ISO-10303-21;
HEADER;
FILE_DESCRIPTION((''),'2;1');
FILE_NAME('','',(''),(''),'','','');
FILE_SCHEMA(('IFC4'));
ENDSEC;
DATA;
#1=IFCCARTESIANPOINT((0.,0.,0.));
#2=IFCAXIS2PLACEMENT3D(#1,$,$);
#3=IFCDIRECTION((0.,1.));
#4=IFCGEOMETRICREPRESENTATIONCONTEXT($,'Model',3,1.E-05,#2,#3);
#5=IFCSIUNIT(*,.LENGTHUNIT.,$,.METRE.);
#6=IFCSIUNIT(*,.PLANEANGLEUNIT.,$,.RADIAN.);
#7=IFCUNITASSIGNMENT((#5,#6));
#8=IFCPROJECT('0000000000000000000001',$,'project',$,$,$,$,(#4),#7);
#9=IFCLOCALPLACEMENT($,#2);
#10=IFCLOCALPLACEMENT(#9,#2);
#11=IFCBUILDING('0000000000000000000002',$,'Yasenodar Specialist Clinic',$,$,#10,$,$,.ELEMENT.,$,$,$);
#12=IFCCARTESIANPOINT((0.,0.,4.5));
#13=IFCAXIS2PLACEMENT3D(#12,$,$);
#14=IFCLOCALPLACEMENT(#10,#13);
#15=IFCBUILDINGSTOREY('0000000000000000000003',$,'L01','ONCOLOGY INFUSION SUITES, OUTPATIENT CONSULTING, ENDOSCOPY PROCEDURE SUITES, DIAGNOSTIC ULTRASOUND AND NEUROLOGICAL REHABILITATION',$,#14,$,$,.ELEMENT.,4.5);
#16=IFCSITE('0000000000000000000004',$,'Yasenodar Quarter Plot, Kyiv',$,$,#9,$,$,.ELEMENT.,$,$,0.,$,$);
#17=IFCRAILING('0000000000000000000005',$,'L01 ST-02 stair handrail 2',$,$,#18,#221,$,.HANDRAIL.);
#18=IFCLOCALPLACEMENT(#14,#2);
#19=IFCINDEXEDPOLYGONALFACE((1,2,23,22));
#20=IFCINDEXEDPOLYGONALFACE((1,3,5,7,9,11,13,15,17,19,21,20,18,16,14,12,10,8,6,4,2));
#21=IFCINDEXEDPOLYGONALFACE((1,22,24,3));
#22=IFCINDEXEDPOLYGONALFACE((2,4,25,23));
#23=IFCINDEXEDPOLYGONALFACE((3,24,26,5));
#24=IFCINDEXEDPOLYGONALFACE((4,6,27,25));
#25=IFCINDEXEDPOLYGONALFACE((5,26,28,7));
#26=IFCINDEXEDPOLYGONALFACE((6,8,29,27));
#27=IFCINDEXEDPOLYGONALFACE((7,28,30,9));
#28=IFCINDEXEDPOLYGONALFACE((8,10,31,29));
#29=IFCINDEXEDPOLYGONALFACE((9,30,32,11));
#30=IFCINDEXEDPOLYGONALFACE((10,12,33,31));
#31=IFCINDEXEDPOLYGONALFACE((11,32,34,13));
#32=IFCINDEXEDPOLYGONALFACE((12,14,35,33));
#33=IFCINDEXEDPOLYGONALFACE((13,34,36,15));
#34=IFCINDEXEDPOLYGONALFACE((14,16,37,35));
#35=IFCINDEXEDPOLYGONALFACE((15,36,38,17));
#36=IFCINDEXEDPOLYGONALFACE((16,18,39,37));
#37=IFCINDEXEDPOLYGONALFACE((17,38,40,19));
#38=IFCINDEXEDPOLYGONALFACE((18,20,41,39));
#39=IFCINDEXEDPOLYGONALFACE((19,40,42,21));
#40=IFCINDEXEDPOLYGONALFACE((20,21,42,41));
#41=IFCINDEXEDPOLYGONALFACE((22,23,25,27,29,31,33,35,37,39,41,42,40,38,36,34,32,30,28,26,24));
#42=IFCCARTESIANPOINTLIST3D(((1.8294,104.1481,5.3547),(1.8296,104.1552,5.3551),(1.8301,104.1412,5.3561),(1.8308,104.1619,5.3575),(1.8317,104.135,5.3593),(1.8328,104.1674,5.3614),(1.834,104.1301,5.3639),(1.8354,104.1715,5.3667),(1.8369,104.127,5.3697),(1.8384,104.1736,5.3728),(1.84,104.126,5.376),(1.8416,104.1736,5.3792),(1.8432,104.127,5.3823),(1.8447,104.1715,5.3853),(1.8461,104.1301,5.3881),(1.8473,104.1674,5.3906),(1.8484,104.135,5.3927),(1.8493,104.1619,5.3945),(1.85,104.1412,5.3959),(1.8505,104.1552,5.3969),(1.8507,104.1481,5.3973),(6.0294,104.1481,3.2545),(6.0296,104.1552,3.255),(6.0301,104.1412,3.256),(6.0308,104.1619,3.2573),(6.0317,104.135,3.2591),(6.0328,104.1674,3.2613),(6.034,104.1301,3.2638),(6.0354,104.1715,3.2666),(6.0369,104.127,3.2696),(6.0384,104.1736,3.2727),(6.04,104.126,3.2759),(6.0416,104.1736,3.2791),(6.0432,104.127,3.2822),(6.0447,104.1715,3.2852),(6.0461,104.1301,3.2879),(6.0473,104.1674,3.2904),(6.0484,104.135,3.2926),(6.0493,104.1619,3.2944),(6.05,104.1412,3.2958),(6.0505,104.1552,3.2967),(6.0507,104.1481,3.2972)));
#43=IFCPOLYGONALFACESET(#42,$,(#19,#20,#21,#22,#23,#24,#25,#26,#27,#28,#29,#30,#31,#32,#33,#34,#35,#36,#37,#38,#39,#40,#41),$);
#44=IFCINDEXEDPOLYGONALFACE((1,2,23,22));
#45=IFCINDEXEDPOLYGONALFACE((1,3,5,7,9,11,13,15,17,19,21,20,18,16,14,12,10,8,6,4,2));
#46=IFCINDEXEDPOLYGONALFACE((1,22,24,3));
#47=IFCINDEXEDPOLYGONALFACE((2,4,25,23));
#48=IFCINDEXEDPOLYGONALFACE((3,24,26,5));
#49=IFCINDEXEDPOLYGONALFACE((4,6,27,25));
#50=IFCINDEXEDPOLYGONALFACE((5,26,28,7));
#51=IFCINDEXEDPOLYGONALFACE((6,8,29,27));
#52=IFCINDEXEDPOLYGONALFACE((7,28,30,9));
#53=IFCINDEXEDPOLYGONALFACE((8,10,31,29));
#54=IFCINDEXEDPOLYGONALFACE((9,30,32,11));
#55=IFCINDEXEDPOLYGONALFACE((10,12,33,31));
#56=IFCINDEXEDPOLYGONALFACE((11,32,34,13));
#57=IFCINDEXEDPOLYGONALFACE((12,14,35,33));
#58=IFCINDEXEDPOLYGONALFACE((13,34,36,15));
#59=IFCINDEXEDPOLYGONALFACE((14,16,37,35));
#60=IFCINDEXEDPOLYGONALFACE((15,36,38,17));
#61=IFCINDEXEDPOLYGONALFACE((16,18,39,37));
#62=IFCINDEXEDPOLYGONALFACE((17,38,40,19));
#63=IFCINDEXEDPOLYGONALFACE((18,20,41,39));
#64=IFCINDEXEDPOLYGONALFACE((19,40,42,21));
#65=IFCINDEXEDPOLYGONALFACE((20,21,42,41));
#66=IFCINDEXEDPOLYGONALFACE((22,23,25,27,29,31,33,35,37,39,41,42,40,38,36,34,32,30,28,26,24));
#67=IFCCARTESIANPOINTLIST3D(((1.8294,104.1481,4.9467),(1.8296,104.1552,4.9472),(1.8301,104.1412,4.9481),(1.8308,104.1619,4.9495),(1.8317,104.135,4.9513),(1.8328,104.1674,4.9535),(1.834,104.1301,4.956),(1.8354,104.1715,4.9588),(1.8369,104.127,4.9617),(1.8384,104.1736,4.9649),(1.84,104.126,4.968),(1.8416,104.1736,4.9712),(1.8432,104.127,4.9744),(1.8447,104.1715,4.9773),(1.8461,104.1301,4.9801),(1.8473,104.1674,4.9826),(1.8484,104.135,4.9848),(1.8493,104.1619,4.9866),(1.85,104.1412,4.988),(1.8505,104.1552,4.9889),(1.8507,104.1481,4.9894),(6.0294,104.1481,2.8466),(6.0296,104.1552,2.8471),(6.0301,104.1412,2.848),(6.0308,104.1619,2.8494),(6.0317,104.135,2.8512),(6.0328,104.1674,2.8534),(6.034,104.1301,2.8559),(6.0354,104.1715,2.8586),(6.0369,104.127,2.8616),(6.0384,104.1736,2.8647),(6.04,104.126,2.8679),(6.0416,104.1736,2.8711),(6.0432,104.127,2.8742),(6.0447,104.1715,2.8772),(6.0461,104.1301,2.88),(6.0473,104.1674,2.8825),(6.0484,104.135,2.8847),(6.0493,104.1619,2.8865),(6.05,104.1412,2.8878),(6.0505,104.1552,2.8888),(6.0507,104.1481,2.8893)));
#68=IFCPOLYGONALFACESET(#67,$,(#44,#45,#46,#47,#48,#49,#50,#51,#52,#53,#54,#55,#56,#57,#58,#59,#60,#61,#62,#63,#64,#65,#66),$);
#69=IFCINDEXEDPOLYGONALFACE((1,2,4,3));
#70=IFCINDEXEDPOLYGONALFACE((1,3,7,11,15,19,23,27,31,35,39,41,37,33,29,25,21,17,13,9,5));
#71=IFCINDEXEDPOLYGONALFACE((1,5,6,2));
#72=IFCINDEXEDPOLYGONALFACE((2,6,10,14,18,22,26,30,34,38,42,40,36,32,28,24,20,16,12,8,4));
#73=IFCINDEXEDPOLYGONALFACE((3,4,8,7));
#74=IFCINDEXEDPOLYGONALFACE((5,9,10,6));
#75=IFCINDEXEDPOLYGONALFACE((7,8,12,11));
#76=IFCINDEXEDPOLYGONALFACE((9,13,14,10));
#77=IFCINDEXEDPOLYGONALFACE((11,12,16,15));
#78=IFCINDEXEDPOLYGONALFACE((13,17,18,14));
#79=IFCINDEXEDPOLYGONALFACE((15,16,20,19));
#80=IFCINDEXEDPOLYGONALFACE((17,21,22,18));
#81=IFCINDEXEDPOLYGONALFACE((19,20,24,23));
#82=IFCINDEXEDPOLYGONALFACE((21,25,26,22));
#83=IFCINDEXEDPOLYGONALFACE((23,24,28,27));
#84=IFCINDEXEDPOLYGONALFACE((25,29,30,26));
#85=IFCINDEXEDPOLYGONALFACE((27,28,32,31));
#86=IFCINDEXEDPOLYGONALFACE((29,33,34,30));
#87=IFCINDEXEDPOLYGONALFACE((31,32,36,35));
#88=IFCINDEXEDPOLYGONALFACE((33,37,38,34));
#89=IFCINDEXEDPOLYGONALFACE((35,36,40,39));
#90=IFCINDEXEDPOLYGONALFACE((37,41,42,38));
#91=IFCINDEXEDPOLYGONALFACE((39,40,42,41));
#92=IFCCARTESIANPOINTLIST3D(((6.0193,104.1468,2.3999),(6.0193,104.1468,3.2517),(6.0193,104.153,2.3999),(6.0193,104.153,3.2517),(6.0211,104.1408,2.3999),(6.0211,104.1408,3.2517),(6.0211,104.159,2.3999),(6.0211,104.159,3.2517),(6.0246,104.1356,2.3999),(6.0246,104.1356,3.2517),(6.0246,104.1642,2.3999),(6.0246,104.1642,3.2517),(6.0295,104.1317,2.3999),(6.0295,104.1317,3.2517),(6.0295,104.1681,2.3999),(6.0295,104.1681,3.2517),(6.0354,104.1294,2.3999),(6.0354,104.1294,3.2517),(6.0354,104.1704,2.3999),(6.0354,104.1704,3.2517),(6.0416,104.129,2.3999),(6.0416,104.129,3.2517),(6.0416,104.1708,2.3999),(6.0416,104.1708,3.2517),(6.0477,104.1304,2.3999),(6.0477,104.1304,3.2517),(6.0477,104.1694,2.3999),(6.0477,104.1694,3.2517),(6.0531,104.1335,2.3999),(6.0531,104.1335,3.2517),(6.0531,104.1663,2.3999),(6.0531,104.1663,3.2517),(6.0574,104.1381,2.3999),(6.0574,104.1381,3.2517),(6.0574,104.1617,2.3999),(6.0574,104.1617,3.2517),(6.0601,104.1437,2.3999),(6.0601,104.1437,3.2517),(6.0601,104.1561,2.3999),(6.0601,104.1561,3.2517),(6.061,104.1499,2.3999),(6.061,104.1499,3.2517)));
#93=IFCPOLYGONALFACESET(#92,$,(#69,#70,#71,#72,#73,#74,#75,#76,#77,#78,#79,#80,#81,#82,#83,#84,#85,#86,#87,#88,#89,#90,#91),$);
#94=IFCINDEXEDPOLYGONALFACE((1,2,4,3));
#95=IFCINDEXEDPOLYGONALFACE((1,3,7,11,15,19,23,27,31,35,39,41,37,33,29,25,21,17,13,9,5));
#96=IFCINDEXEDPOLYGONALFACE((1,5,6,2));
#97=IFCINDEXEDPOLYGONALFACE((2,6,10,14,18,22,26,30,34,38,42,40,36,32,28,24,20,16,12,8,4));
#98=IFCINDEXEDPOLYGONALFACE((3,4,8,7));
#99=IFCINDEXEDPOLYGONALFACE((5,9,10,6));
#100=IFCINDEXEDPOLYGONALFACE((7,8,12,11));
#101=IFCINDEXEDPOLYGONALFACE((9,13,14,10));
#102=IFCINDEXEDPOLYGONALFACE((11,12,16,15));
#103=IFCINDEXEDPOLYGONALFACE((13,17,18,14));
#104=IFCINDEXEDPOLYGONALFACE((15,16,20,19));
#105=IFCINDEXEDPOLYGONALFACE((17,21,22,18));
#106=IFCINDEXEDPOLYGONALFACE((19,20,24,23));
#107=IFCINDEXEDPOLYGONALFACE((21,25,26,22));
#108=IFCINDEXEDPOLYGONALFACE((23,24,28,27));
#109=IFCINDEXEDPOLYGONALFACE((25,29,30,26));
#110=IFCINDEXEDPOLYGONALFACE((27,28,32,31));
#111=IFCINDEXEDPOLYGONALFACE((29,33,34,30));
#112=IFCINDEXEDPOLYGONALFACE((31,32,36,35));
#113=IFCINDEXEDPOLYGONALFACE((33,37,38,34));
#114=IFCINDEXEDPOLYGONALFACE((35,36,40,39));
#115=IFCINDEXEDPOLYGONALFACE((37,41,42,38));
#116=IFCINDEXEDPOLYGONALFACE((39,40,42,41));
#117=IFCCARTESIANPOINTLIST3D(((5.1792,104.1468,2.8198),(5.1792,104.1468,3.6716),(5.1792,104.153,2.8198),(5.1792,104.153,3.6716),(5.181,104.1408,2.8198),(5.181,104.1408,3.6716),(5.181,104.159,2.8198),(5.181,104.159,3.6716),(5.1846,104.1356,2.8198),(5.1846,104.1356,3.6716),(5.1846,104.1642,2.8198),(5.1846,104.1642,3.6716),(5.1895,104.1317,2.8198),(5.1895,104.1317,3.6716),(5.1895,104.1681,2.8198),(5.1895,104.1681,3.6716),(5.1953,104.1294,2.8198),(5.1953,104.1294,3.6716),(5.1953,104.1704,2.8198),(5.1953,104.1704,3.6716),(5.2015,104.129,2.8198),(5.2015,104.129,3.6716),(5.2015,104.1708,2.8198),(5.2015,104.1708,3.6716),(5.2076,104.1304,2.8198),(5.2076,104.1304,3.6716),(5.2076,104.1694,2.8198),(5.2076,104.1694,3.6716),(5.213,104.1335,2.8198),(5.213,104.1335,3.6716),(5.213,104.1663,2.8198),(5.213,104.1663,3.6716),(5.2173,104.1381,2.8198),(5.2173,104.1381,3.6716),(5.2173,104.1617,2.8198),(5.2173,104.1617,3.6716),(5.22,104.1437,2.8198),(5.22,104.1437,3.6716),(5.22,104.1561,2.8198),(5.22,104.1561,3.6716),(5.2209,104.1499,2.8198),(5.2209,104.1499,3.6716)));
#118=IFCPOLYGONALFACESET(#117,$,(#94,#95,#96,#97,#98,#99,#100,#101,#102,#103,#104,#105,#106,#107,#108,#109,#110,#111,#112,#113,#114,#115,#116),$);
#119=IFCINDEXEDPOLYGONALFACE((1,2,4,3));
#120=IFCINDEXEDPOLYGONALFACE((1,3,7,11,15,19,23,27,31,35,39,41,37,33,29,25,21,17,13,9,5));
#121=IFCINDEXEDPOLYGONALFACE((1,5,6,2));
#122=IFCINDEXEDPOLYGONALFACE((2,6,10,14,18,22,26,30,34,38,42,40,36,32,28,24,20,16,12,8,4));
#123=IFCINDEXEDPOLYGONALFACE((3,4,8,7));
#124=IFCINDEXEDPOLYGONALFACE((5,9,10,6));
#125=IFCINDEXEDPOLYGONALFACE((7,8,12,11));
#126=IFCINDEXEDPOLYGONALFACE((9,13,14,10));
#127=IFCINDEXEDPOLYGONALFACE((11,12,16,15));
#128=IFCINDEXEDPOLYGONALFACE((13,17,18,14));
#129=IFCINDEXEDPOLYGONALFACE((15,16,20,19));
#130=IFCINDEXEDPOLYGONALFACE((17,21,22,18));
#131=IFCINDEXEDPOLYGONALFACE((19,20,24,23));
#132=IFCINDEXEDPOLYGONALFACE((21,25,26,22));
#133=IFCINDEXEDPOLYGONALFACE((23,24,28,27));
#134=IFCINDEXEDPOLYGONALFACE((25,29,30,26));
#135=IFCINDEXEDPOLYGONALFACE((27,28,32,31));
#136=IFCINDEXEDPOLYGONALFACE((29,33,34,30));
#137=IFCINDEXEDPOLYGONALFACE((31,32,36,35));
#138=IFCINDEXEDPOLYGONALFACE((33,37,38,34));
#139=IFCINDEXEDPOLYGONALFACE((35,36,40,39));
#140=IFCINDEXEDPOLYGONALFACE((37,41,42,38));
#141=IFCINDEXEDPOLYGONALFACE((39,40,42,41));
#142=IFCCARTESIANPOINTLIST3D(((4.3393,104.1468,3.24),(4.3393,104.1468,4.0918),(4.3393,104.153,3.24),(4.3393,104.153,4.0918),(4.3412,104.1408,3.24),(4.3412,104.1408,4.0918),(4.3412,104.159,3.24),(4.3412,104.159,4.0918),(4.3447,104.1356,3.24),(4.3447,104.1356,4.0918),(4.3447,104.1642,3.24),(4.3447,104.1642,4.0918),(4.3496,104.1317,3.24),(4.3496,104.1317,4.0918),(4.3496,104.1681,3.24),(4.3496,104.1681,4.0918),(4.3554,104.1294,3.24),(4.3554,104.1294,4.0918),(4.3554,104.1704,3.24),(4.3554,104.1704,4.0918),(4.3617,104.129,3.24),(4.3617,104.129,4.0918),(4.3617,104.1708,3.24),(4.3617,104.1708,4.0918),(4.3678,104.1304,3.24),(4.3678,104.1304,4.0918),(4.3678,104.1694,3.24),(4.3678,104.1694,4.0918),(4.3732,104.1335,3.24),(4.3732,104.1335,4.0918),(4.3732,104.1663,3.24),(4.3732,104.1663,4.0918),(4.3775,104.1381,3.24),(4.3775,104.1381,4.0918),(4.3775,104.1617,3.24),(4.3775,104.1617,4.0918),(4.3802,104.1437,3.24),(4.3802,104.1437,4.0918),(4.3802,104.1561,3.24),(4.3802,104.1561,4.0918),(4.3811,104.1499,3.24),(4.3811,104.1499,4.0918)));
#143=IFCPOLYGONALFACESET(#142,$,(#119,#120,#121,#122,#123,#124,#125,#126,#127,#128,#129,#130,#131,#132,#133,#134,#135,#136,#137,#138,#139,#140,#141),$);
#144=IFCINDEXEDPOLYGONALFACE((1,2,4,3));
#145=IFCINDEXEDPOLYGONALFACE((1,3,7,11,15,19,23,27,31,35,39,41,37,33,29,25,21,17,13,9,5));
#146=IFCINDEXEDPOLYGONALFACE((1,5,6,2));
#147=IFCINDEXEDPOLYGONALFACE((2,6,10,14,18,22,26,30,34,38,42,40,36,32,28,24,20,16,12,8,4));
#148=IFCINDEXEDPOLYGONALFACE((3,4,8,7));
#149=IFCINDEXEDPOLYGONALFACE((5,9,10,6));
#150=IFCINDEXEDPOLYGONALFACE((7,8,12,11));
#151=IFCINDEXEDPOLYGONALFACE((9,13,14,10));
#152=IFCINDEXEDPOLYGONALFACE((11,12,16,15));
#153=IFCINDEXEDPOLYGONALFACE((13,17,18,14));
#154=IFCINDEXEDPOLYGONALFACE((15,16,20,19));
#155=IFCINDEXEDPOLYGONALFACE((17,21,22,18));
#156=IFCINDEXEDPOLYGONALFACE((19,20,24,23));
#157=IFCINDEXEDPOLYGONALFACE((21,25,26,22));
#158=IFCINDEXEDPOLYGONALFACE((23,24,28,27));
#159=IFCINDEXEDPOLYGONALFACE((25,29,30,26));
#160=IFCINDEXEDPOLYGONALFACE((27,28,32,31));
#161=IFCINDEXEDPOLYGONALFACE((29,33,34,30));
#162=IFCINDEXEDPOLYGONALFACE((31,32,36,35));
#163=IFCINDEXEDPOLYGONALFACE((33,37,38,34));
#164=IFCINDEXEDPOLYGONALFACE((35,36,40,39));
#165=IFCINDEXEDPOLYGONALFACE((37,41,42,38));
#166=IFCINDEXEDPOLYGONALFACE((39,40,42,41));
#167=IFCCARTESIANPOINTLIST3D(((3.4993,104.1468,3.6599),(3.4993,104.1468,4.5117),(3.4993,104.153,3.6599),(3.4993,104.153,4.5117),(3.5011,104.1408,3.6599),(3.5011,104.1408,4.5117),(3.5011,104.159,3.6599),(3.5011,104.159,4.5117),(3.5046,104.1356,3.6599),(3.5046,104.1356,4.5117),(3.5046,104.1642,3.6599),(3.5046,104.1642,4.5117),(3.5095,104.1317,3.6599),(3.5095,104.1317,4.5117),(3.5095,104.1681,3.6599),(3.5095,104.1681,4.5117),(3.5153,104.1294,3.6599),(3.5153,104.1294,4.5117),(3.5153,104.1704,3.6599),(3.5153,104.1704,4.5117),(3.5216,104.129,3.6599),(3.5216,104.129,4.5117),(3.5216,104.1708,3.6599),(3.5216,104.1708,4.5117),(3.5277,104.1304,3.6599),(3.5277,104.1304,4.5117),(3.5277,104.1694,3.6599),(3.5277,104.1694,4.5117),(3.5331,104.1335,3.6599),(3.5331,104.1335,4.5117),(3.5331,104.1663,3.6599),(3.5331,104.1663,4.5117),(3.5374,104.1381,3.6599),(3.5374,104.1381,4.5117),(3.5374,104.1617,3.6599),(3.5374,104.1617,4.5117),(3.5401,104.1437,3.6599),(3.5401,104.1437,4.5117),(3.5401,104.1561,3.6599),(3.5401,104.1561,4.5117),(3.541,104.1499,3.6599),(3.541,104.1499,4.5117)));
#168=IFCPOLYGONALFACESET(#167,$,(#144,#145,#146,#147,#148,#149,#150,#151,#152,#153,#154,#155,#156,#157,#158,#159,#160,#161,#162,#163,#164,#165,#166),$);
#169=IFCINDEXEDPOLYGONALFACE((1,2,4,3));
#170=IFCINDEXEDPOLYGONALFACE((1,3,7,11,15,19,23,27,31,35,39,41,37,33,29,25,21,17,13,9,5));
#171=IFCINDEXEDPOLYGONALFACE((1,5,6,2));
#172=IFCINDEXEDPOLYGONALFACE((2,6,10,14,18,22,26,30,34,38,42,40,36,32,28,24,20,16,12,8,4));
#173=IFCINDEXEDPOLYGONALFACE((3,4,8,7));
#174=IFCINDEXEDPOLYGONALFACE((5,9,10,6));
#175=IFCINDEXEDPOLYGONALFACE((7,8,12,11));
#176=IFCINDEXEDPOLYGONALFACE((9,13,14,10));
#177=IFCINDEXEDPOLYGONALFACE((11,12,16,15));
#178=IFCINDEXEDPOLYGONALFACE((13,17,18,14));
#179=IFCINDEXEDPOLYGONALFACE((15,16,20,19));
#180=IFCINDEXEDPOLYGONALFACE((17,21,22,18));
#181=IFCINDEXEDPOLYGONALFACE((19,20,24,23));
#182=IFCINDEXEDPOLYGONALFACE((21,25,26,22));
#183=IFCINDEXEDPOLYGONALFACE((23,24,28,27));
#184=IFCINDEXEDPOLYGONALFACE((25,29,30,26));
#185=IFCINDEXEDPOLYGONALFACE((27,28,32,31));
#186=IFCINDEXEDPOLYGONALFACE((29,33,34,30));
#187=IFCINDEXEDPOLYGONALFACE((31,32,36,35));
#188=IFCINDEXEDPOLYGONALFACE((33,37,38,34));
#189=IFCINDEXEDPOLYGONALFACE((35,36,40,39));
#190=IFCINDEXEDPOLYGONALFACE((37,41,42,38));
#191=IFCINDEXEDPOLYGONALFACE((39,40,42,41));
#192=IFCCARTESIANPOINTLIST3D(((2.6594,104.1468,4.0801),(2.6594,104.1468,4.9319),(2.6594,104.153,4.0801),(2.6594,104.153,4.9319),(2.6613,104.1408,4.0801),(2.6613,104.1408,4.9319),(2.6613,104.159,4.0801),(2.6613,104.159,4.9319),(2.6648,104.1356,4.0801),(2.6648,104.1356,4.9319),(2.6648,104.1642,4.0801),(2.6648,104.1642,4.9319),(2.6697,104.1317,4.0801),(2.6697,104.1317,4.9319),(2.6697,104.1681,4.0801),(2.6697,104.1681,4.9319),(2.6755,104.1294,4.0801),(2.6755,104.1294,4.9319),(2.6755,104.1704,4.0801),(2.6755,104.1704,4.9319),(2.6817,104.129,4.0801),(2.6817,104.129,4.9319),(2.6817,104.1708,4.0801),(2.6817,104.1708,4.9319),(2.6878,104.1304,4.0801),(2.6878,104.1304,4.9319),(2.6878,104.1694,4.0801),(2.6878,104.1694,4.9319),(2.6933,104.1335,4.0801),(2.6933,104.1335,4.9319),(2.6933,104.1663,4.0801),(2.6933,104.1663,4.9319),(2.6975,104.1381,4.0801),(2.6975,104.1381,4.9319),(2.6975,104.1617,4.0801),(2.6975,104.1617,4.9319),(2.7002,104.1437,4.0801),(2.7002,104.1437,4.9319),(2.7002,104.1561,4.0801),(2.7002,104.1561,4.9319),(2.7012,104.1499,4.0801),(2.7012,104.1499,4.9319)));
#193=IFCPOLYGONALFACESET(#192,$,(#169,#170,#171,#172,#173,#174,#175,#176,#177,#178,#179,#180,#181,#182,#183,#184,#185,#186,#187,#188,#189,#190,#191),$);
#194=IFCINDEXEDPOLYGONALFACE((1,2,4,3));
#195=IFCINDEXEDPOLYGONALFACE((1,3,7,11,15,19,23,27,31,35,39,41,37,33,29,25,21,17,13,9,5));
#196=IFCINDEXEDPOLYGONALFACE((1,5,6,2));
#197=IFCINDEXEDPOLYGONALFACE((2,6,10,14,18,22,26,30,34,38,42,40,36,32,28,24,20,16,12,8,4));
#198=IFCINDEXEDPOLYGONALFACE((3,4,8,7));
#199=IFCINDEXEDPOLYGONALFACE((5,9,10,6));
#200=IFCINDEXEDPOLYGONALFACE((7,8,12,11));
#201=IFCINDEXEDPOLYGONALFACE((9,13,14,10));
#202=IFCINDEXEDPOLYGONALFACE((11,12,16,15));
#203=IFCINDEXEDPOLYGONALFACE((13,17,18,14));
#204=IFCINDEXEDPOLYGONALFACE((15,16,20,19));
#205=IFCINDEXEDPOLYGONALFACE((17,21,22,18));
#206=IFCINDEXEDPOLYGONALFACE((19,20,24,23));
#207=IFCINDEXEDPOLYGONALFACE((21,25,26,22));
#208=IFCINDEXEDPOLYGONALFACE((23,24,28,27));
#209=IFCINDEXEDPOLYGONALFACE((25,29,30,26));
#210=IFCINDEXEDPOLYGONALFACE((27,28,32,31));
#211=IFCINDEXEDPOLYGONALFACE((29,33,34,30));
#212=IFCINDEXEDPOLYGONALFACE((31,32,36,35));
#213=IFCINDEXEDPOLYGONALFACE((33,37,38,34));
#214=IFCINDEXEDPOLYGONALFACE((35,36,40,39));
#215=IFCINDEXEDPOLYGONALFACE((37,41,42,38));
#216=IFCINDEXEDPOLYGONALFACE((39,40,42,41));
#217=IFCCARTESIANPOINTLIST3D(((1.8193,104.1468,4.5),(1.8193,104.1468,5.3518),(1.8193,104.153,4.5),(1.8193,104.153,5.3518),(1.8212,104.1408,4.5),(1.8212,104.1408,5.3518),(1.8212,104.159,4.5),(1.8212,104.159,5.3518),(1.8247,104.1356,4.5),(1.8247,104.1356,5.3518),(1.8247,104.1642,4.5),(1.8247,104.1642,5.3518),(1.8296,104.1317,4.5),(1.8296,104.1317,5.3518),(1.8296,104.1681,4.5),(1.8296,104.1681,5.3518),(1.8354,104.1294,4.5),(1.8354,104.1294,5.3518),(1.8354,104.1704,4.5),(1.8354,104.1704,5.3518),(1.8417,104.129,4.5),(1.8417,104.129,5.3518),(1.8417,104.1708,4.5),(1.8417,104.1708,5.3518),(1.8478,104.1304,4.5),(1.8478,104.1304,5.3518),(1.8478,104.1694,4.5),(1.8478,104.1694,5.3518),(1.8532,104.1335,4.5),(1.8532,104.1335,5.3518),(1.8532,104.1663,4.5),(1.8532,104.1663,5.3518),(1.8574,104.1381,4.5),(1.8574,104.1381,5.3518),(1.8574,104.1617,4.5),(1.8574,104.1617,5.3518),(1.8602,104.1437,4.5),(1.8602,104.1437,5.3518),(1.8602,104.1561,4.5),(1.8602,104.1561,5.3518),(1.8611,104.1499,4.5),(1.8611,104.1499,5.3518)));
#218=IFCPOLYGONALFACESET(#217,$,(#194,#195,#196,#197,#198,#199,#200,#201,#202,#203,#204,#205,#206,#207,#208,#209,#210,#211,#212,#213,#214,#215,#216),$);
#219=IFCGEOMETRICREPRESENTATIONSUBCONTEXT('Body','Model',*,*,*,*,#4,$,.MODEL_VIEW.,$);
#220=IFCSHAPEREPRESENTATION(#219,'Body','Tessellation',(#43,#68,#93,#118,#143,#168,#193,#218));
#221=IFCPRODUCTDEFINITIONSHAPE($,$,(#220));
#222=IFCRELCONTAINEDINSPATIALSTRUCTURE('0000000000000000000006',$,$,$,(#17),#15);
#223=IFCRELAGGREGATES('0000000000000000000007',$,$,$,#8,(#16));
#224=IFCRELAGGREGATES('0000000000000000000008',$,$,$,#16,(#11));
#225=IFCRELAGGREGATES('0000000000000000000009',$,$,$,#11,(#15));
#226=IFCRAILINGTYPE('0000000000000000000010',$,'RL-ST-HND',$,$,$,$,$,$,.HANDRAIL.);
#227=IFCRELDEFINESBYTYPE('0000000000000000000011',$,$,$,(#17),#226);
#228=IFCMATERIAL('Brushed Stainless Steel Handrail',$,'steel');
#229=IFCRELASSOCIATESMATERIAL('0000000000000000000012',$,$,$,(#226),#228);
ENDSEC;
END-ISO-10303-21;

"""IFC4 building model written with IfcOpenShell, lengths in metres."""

from ifc_helpers import new_model, si_unit, direction, frame, origin, origin_2d, place, context, subcontext, project, spatial, circle, extrude, material, type_object, element, save


model = new_model("IFC4")

# Units and contexts
model_context = context("Model", 3, precision=1e-05, world=origin(), true_north=direction((0.0, 1.0)))
body_context = subcontext(model_context, "Body", "Model", "MODEL_VIEW")
ifc_project = project(units=[si_unit("LENGTHUNIT", "METRE"), si_unit("PLANEANGLEUNIT", "RADIAN")], contexts=[model_context])

# Site, building, storey
site_placement = place(None, origin())
site = spatial("IfcSite", under=ifc_project, at=site_placement, Name="Yasenodar Quarter Plot, Kyiv", CompositionType="ELEMENT", RefElevation=0.0)
building_placement = place(site_placement, origin())
building = spatial("IfcBuilding", under=site, at=building_placement, Name="Yasenodar Specialist Clinic", CompositionType="ELEMENT")
storey_placement = place(building_placement, frame((0.0, 0.0, 4.5)))
storey = spatial("IfcBuildingStorey", under=building, at=storey_placement, Name="L01", Description="ONCOLOGY INFUSION SUITES, OUTPATIENT CONSULTING, ENDOSCOPY PROCEDURE SUITES, DIAGNOSTIC ULTRASOUND AND NEUROLOGICAL REHABILITATION", CompositionType="ELEMENT", Elevation=4.5)

# Railing
ifc_material_1 = material(Name="Brushed Stainless Steel Handrail", Category="steel")
railing_type_1 = type_object("IfcRailingType", Name="RL-ST-HND", PredefinedType="HANDRAIL", material=ifc_material_1)
railing_1_placement = place(storey_placement, frame((6.04, 104.1499, 2.3999)))
element("IfcRailing", 1, at=railing_1_placement, inside=storey, type_object=railing_type_1, Name="L01 ST-02 stair handrail 2", PredefinedType="HANDRAIL", context=body_context, shape_type="SweptSolid", body=[
    extrude(circle(Radius=0.0239, at=origin_2d()), frame((0.0, 0.0, 0.876), z_axis=(-0.894417, 0.0, 0.447234), x_axis=(0.0, -1.0, 0.0)), (0.0, 0.0, 1.0), 4.6958),
    extrude(circle(Radius=0.0239, at=origin_2d()), frame((0.0, 0.0, 0.468), z_axis=(-0.894417, 0.0, 0.447234), x_axis=(0.0, -1.0, 0.0)), (0.0, 0.0, 1.0), 4.6958),
    extrude(circle(Radius=0.021, at=origin_2d()), origin(), (0.0, 0.0, 1.0), 0.8518),
    extrude(circle(Radius=0.021, at=origin_2d()), frame((-0.8401, 0.0, 0.4199)), (0.0, 0.0, 1.0), 0.8518),
    extrude(circle(Radius=0.021, at=origin_2d()), frame((-1.6799, 0.0, 0.8401)), (0.0, 0.0, 1.0), 0.8518),
    extrude(circle(Radius=0.021, at=origin_2d()), frame((-2.52, 0.0, 1.26)), (0.0, 0.0, 1.0), 0.8518),
    extrude(circle(Radius=0.021, at=origin_2d()), frame((-3.3599, 0.0, 1.6802)), (0.0, 0.0, 1.0), 0.8518),
    extrude(circle(Radius=0.021, at=origin_2d()), frame((-4.2, 0.0, 2.1001)), (0.0, 0.0, 1.0), 0.8518),
])

save(model, "model.ifc")
